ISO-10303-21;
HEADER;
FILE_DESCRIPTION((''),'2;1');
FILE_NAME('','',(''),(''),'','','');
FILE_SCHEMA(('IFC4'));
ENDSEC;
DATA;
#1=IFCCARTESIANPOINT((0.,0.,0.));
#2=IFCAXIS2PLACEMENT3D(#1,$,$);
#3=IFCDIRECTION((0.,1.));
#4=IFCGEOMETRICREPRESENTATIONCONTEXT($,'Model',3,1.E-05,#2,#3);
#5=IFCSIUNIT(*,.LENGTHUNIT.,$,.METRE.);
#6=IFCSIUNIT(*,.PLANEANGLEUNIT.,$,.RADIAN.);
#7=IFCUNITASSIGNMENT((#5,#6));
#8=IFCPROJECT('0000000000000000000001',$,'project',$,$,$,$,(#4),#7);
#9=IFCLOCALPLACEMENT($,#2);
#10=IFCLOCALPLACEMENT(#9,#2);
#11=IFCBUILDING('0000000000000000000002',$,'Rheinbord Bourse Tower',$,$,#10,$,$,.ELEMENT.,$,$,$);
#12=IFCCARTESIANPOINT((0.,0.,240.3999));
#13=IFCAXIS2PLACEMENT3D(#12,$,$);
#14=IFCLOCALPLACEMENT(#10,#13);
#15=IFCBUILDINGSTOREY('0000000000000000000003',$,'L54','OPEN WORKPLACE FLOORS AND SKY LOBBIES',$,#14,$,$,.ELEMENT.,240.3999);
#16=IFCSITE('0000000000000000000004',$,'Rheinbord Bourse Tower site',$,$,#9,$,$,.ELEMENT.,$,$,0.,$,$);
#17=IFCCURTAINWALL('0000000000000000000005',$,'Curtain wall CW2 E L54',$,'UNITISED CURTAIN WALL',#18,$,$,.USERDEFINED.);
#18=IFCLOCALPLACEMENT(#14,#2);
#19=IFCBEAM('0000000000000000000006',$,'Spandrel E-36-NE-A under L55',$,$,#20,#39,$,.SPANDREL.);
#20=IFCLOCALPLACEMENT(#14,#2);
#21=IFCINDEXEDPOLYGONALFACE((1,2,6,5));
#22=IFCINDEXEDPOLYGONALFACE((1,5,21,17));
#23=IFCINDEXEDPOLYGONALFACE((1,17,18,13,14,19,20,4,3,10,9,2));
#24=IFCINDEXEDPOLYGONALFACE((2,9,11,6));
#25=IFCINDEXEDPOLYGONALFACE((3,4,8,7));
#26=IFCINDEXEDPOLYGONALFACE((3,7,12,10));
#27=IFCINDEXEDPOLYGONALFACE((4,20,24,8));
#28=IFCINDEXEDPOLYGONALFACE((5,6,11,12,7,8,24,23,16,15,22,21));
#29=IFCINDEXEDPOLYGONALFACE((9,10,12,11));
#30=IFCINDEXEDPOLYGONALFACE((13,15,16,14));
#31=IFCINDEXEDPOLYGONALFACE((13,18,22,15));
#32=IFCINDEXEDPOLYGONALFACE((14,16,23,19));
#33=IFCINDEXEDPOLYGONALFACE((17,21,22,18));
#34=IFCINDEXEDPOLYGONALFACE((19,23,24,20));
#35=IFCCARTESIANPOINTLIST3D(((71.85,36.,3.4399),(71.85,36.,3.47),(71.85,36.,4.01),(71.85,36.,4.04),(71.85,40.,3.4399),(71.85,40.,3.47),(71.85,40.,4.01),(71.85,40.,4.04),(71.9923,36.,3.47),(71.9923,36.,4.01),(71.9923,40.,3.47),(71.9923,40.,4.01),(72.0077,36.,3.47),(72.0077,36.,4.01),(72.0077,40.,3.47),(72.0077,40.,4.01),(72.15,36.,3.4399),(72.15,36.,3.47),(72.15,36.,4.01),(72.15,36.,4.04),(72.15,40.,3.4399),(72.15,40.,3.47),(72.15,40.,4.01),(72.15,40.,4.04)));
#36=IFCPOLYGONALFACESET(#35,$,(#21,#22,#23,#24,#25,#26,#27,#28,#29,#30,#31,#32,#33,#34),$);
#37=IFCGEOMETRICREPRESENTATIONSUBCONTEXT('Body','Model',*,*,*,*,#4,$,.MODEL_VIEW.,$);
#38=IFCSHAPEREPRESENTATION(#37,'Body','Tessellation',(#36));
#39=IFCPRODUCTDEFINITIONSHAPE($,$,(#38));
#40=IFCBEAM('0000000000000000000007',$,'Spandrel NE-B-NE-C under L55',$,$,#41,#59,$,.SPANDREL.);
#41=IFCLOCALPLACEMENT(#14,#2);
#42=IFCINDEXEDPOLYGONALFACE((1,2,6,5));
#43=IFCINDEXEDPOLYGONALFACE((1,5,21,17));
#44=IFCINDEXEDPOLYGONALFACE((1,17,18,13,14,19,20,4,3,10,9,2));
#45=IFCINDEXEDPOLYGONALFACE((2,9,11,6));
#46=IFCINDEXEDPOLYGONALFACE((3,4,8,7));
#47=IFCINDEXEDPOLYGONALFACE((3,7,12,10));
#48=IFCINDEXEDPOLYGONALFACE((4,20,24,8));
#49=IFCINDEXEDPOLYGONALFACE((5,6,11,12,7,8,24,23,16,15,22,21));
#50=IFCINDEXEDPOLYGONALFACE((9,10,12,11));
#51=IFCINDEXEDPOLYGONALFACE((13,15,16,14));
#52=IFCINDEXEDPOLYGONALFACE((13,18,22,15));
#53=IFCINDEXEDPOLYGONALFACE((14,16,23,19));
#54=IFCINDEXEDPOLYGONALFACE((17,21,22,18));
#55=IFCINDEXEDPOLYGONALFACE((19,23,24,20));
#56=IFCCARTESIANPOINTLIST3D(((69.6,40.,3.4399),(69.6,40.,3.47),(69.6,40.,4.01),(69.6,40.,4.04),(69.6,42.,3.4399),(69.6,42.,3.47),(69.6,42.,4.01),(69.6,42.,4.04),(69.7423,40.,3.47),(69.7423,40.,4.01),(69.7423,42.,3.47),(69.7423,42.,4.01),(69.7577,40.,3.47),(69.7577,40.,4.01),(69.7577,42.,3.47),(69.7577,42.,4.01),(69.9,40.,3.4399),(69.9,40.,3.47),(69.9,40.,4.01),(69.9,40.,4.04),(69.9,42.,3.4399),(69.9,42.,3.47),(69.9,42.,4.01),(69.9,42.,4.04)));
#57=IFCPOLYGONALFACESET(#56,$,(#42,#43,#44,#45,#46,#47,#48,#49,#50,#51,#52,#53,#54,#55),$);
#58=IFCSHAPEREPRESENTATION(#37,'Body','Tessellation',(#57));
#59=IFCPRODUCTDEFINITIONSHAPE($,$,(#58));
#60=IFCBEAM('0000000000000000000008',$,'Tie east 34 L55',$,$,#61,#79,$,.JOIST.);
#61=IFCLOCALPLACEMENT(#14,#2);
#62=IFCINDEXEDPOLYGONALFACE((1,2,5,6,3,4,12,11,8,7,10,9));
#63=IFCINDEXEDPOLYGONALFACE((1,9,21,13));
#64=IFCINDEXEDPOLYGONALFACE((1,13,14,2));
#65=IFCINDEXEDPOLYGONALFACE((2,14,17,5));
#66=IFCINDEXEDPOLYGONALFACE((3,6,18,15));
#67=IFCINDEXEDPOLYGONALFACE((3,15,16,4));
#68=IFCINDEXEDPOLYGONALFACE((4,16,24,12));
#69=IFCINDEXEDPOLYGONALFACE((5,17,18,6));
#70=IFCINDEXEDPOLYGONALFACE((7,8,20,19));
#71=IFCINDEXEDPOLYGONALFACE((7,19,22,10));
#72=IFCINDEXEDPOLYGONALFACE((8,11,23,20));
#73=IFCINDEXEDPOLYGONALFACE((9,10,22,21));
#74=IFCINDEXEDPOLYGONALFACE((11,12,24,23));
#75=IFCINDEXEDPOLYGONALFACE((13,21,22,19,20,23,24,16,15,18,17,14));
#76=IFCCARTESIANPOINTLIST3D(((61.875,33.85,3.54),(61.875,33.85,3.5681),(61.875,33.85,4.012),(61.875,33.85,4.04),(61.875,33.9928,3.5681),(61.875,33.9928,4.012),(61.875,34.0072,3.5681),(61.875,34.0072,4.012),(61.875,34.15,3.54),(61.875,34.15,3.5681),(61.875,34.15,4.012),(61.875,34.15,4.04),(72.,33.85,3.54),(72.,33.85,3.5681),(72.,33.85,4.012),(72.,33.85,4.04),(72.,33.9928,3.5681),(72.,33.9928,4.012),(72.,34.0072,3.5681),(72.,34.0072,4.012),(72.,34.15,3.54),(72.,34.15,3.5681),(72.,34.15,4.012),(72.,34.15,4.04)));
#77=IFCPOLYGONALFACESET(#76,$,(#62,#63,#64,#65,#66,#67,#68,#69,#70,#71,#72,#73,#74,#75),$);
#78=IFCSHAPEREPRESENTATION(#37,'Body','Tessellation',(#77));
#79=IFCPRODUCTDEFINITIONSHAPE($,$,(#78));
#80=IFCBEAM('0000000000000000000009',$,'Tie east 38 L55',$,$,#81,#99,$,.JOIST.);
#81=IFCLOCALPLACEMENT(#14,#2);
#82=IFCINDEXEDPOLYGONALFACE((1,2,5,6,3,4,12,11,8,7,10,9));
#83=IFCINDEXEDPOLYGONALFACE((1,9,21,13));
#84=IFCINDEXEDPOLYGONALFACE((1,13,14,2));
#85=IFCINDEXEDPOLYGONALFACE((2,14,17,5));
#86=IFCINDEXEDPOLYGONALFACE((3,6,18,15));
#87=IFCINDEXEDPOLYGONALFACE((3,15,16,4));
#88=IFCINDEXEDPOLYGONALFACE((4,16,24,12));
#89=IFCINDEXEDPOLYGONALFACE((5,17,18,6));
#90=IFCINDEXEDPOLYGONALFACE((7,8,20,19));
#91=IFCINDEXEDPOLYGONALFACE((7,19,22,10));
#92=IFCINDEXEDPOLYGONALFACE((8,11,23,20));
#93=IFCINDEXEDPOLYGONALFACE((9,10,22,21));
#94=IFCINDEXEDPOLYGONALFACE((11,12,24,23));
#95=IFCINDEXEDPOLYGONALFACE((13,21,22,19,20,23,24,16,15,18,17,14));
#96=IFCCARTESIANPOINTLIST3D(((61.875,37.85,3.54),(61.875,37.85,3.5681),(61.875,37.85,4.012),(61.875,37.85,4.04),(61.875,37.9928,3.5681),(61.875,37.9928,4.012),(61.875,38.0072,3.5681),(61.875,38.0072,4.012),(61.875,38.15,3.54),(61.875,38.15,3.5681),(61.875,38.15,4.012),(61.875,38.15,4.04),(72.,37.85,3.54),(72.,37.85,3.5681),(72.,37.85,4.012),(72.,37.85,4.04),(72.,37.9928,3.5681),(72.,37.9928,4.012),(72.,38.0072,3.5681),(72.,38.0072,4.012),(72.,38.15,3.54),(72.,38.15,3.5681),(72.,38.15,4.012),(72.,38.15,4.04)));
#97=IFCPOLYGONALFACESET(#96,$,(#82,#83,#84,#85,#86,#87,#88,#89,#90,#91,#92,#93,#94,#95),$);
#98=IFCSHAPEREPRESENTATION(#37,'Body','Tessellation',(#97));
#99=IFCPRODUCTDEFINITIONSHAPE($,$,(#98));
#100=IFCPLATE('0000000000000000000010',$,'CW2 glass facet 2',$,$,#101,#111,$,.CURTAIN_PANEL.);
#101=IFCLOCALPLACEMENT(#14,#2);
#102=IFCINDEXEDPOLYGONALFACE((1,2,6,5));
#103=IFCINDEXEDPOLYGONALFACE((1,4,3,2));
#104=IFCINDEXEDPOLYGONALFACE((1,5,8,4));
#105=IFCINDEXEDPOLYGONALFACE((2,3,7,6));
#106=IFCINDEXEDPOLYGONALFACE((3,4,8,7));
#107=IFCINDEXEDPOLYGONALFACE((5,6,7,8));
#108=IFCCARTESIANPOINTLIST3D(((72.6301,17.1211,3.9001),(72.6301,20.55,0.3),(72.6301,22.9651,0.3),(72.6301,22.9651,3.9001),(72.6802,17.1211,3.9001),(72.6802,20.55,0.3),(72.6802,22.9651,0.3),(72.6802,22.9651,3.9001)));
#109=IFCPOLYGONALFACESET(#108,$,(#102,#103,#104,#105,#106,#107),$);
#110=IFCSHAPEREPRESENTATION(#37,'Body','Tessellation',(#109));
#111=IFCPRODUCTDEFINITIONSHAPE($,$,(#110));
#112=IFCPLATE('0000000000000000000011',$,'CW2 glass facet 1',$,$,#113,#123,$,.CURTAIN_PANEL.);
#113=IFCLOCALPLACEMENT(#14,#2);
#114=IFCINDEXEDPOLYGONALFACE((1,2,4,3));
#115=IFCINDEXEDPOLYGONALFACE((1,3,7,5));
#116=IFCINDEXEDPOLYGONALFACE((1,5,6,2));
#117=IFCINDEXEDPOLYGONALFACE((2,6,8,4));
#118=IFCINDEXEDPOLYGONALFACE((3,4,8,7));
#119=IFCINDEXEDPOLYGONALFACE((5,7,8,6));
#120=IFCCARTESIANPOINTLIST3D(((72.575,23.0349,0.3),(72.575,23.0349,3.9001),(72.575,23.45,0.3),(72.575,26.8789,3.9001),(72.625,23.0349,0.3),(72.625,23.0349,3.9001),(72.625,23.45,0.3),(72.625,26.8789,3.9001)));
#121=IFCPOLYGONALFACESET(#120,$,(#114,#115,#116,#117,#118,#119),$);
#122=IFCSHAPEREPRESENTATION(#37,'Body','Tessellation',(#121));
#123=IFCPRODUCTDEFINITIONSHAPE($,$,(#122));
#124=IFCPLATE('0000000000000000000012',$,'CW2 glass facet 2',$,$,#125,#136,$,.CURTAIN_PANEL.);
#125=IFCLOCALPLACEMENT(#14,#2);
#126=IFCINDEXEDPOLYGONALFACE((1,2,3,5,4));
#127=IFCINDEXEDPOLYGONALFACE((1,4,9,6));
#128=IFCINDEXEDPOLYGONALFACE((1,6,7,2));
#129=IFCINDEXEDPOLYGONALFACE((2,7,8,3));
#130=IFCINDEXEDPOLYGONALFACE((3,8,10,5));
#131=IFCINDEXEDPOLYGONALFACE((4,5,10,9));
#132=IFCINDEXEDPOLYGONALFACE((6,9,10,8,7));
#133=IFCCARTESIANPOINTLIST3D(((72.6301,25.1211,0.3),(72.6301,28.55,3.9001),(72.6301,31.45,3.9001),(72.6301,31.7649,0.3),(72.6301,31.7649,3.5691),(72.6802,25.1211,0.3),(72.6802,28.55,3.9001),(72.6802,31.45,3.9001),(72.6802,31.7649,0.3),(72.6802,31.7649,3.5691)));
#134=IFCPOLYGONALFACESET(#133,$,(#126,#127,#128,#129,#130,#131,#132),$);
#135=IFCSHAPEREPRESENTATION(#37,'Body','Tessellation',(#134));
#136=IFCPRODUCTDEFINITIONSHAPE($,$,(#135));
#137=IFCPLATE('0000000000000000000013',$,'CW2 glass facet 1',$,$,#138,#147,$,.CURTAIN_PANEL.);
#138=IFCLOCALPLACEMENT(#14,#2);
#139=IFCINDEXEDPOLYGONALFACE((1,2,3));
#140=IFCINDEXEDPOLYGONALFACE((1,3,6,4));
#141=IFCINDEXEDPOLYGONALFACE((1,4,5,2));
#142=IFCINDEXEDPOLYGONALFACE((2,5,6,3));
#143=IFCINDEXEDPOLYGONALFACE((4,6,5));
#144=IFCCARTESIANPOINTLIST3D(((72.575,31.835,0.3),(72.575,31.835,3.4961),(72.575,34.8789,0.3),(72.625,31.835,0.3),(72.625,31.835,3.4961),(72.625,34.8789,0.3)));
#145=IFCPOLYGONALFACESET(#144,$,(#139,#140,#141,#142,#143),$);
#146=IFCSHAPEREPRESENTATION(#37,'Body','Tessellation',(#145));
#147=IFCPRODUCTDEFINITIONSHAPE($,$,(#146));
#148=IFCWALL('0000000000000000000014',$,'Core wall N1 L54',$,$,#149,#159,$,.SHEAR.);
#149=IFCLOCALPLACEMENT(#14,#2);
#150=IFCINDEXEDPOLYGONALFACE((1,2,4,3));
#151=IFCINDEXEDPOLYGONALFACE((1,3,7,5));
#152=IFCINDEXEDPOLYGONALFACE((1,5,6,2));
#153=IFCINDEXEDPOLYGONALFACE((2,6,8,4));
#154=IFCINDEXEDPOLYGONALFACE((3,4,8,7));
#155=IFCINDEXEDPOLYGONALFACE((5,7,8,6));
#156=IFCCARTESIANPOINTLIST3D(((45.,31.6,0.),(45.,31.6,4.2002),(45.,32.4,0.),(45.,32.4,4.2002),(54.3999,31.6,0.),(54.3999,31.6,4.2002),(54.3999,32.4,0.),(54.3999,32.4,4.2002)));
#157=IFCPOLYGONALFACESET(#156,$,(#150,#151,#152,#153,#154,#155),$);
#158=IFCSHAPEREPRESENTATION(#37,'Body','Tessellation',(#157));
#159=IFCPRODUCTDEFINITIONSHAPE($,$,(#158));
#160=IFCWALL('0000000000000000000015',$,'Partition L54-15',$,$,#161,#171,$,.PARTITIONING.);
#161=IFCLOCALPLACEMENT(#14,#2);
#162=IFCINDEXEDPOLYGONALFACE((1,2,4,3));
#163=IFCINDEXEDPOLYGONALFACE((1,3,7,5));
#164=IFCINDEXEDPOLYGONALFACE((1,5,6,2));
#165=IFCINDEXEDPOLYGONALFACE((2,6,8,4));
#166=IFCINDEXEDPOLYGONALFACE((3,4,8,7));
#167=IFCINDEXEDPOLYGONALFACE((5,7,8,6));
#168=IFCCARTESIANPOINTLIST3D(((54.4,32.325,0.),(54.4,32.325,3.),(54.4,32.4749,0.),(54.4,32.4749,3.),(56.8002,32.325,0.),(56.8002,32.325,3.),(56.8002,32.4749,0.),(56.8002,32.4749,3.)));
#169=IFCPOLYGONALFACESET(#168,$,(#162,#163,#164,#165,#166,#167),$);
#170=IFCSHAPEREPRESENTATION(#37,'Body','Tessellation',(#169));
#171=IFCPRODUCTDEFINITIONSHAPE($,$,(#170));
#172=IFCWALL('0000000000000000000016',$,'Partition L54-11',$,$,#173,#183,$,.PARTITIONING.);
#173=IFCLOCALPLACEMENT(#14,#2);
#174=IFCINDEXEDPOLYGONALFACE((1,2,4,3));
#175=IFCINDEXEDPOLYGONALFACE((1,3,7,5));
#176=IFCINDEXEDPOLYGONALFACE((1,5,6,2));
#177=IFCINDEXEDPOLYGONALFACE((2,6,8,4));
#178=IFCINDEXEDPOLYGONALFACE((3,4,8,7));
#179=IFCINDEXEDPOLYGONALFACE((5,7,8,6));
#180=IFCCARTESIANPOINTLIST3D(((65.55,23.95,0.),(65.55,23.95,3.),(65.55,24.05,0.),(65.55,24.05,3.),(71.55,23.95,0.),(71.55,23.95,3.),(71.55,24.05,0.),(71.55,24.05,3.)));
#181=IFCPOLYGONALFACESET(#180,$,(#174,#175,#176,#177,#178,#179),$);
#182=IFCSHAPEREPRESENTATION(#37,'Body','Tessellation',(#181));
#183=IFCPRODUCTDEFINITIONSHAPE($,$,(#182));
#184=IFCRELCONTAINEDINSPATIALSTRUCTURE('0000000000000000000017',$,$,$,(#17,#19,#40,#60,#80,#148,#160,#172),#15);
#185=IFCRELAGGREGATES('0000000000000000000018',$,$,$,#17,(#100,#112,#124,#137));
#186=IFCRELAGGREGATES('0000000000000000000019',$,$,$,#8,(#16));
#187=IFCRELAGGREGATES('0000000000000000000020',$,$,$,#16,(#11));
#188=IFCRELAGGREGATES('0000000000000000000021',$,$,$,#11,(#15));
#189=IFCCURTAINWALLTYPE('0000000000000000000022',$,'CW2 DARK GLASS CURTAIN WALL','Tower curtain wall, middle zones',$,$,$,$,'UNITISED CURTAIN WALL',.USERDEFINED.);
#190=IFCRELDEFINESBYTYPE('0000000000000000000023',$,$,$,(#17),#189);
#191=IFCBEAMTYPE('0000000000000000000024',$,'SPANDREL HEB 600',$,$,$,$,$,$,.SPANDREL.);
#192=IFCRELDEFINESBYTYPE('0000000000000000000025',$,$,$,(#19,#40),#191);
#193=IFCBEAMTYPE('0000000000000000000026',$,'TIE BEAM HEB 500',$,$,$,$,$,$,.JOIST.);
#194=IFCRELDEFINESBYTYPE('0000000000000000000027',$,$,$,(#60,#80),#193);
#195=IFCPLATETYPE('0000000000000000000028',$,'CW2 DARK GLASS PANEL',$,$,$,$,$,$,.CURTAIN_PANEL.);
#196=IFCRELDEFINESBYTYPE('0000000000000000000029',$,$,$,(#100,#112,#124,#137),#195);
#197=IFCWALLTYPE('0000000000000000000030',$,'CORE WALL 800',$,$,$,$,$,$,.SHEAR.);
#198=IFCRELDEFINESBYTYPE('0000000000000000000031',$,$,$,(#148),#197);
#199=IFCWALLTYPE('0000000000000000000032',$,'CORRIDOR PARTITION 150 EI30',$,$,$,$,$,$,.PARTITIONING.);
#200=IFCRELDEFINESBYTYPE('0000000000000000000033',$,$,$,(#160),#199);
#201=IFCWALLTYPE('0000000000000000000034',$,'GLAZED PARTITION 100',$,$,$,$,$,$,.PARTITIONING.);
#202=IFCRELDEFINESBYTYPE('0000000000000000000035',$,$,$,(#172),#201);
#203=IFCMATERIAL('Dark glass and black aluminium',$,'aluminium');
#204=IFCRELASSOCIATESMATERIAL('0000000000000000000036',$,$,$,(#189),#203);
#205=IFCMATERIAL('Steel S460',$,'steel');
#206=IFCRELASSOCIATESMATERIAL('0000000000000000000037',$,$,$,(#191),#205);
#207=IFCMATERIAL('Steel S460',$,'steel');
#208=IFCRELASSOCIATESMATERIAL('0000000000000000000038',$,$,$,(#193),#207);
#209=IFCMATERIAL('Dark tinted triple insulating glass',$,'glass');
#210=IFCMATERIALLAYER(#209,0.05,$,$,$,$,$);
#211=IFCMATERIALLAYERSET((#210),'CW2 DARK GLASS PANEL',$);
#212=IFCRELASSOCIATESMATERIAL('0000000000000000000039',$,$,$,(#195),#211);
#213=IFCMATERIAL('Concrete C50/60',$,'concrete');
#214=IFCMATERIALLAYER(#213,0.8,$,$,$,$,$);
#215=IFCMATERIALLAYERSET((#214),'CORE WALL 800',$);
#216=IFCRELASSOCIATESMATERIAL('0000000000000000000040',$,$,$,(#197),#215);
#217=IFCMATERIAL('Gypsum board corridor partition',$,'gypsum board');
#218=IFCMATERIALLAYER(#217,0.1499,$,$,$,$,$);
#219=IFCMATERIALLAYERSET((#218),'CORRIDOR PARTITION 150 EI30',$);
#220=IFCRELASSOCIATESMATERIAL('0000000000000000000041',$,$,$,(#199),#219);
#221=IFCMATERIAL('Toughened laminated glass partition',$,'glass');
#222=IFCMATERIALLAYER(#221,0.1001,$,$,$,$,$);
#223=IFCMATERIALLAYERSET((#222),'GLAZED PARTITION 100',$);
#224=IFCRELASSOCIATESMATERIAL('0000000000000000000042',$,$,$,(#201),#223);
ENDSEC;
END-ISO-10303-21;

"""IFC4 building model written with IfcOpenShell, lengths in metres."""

from ifc_helpers import new_model, si_unit, direction, frame, frame_2d, origin, origin_2d, place, context, subcontext, project, spatial, polyline, rectangle, i_section, outline, extrude, material, layer, layer_set, material_profile, profile_set, type_object, element, aggregate, save


model = new_model("IFC4")

# Units and contexts
model_context = context("Model", 3, precision=1e-05, world=origin(), true_north=direction((0.0, 1.0)))
body_context = subcontext(model_context, "Body", "Model", "MODEL_VIEW")
ifc_project = project(units=[si_unit("LENGTHUNIT", "METRE"), si_unit("PLANEANGLEUNIT", "RADIAN")], contexts=[model_context])

# Site, building, storey
site_placement = place(None, origin())
site = spatial("IfcSite", under=ifc_project, at=site_placement, Name="Rheinbord Bourse Tower site", CompositionType="ELEMENT", RefElevation=0.0)
building_placement = place(site_placement, origin())
building = spatial("IfcBuilding", under=site, at=building_placement, Name="Rheinbord Bourse Tower", CompositionType="ELEMENT")
storey_placement = place(building_placement, frame((0.0, 0.0, 240.3999)))
storey = spatial("IfcBuildingStorey", under=building, at=storey_placement, Name="L54", Description="OPEN WORKPLACE FLOORS AND SKY LOBBIES", CompositionType="ELEMENT", Elevation=240.3999)

# Curtain wall
ifc_material_1 = material(Name="Dark glass and black aluminium", Category="aluminium")
curtain_wall_type = type_object("IfcCurtainWallType", Name="CW2 DARK GLASS CURTAIN WALL", Description="Tower curtain wall, middle zones", ElementType="UNITISED CURTAIN WALL", PredefinedType="USERDEFINED", material=ifc_material_1)
curtain_wall_placement = place(storey_placement, origin())
curtain_wall = element("IfcCurtainWall", 1, at=curtain_wall_placement, inside=storey, type_object=curtain_wall_type, Name="Curtain wall CW2 E L54", ObjectType="UNITISED CURTAIN WALL", PredefinedType="USERDEFINED")

# Beams
ifc_material_2 = material(Name="Steel S460", Category="steel")
ifc_material_profile_1 = material_profile(ifc_material_2, i_section(OverallWidth=0.3, OverallDepth=0.6001, WebThickness=0.0154, FlangeThickness=0.03, at=origin_2d()), Name="HEB 600")
ifc_profile_set_1 = profile_set([ifc_material_profile_1], Name="Steel S460")
beam_type_1 = type_object("IfcBeamType", Name="SPANDREL HEB 600", PredefinedType="SPANDREL", material=ifc_profile_set_1)
for number, where, z_axis, x_axis, name in (
    (2, (72.0, 36.0, 3.74), (0.0, 1.0, 0.0), (-1.0, 0.0, 0.0), "Spandrel E-36-NE-A under L55"),
):
    element("IfcBeam", number, at=place(storey_placement, frame(where, z_axis=z_axis, x_axis=x_axis)), inside=storey, type_object=beam_type_1, Name=name, PredefinedType="SPANDREL", context=body_context, shape_type="SweptSolid", body=[
        extrude(i_section(OverallWidth=0.3, OverallDepth=0.6001, WebThickness=0.0154, FlangeThickness=0.03, at=origin_2d()), origin(), (0.0, 0.0, 1.0), 4.0),
    ])
beam_placement = place(storey_placement, frame((69.75, 40.0, 3.74), z_axis=(0.0, 1.0, 0.0), x_axis=(-1.0, 0.0, 0.0)))
element("IfcBeam", 3, at=beam_placement, inside=storey, type_object=beam_type_1, Name="Spandrel NE-B-NE-C under L55", PredefinedType="SPANDREL", context=body_context, shape_type="SweptSolid", body=[
    extrude(i_section(OverallWidth=0.3, OverallDepth=0.6001, WebThickness=0.0154, FlangeThickness=0.03, at=origin_2d()), origin(), (0.0, 0.0, 1.0), 2.0),
])
ifc_material_3 = material(Name="Steel S460", Category="steel")
ifc_material_profile_2 = material_profile(ifc_material_3, i_section(OverallWidth=0.3, OverallDepth=0.5, WebThickness=0.0144, FlangeThickness=0.0281, at=origin_2d()), Name="HEB 500")
ifc_profile_set_2 = profile_set([ifc_material_profile_2], Name="Steel S460")
beam_type_2 = type_object("IfcBeamType", Name="TIE BEAM HEB 500", PredefinedType="JOIST", material=ifc_profile_set_2)
for number, where, z_axis, x_axis, name in (
    (4, (61.875, 34.0, 3.79), (1.0, 0.0, 0.0), (0.0, 1.0, 0.0), "Tie east 34 L55"),
    (5, (61.875, 38.0, 3.79), (1.0, 0.0, 0.0), (0.0, 1.0, 0.0), "Tie east 38 L55"),
):
    element("IfcBeam", number, at=place(storey_placement, frame(where, z_axis=z_axis, x_axis=x_axis)), inside=storey, type_object=beam_type_2, Name=name, PredefinedType="JOIST", context=body_context, shape_type="SweptSolid", body=[
        extrude(i_section(OverallWidth=0.3, OverallDepth=0.5, WebThickness=0.0144, FlangeThickness=0.0281, at=origin_2d()), origin(), (0.0, 0.0, 1.0), 10.125),
    ])

# Plates
ifc_material_4 = material(Name="Dark tinted triple insulating glass", Category="glass")
ifc_layer_1 = layer(ifc_material_4, 0.05)
ifc_layer_set_1 = layer_set([ifc_layer_1], Name="CW2 DARK GLASS PANEL")
plate_type = type_object("IfcPlateType", Name="CW2 DARK GLASS PANEL", PredefinedType="CURTAIN_PANEL", material=ifc_layer_set_1)
plate_1_placement = place(storey_placement, frame((72.6802, 22.9651, 3.9001), z_axis=(-1.0, 0.0, 0.0), x_axis=(0.0, 0.0, -1.0)))
plate_1 = element("IfcPlate", 6, at=plate_1_placement, type_object=plate_type, Name="CW2 glass facet 2", PredefinedType="CURTAIN_PANEL", context=body_context, shape_type="SweptSolid", body=[
    extrude(outline(polyline([(0.0, 0.0), (3.6001, 0.0), (3.6001, 2.415), (0.0, 5.844), (0.0, 0.0)])), origin(), (0.0, 0.0, 1.0), 0.05),
])
plate_2_placement = place(storey_placement, frame((72.625, 23.0349, 0.3), z_axis=(-1.0, 0.0, 0.0), x_axis=(0.0, 0.0, 1.0)))
plate_2 = element("IfcPlate", 7, at=plate_2_placement, type_object=plate_type, Name="CW2 glass facet 1", PredefinedType="CURTAIN_PANEL", context=body_context, shape_type="SweptSolid", body=[
    extrude(outline(polyline([(0.0, 0.0), (3.6001, 0.0), (3.6001, 3.844), (0.0, 0.415), (0.0, 0.0)])), origin(), (0.0, 0.0, 1.0), 0.05),
])
plate_3_placement = place(storey_placement, frame((72.6802, 31.7649, 0.3), z_axis=(-1.0, 0.0, 0.0), x_axis=(0.0, -1.0, 0.0)))
plate_3 = element("IfcPlate", 8, at=plate_3_placement, type_object=plate_type, Name="CW2 glass facet 2", PredefinedType="CURTAIN_PANEL", context=body_context, shape_type="SweptSolid", body=[
    extrude(outline(polyline([(0.0, 0.0), (6.6438, 0.0), (3.2148, 3.6001), (0.3149, 3.6001), (0.0, 3.269), (0.0, 0.0)])), origin(), (0.0, 0.0, 1.0), 0.05),
])
plate_4_placement = place(storey_placement, frame((72.625, 31.835, 0.3), z_axis=(-1.0, 0.0, 0.0), x_axis=(0.0, 0.0, 1.0)))
plate_4 = element("IfcPlate", 9, at=plate_4_placement, type_object=plate_type, Name="CW2 glass facet 1", PredefinedType="CURTAIN_PANEL", context=body_context, shape_type="SweptSolid", body=[
    extrude(outline(polyline([(0.0, 0.0), (3.196, 0.0), (0.0, 3.0439), (0.0, 0.0)])), origin(), (0.0, 0.0, 1.0), 0.05),
])
aggregate(curtain_wall, [plate_1, plate_2, plate_3, plate_4])

# Walls
ifc_material_5 = material(Name="Concrete C50/60", Category="concrete")
ifc_layer_2 = layer(ifc_material_5, 0.8)
ifc_layer_set_2 = layer_set([ifc_layer_2], Name="CORE WALL 800")
wall_type_1 = type_object("IfcWallType", Name="CORE WALL 800", PredefinedType="SHEAR", material=ifc_layer_set_2)
wall_1_placement = place(storey_placement, frame((54.3999, 32.0, 0.0), z_axis=(0.0, 0.0, 1.0), x_axis=(-1.0, 0.0, 0.0)))
element("IfcWall", 10, at=wall_1_placement, inside=storey, type_object=wall_type_1, Name="Core wall N1 L54", PredefinedType="SHEAR", context=body_context, shape_type="SweptSolid", body=[
    extrude(rectangle(XDim=9.3999, YDim=0.8, at=frame_2d((4.7, 0.0))), origin(), (0.0, 0.0, 1.0), 4.2002),
])
ifc_material_6 = material(Name="Gypsum board corridor partition", Category="gypsum board")
ifc_layer_3 = layer(ifc_material_6, 0.1499)
ifc_layer_set_3 = layer_set([ifc_layer_3], Name="CORRIDOR PARTITION 150 EI30")
wall_type_2 = type_object("IfcWallType", Name="CORRIDOR PARTITION 150 EI30", PredefinedType="PARTITIONING", material=ifc_layer_set_3)
wall_2_placement = place(storey_placement, frame((54.3999, 32.3999, 0.0), z_axis=(0.0, 0.0, 1.0), x_axis=(1.0, 0.0, 0.0)))
element("IfcWall", 11, at=wall_2_placement, inside=storey, type_object=wall_type_2, Name="Partition L54-15", PredefinedType="PARTITIONING", context=body_context, shape_type="SweptSolid", body=[
    extrude(rectangle(XDim=2.4001, YDim=0.1499, at=frame_2d((1.2002, 0.0))), origin(), (0.0, 0.0, 1.0), 3.0),
])
ifc_material_7 = material(Name="Toughened laminated glass partition", Category="glass")
ifc_layer_4 = layer(ifc_material_7, 0.1001)
ifc_layer_set_4 = layer_set([ifc_layer_4], Name="GLAZED PARTITION 100")
wall_type_3 = type_object("IfcWallType", Name="GLAZED PARTITION 100", PredefinedType="PARTITIONING", material=ifc_layer_set_4)
for number, where, z_axis, x_axis, name in (
    (12, (65.55, 24.0, 0.0), (0.0, 0.0, 1.0), (1.0, 0.0, 0.0), "Partition L54-11"),
):
    element("IfcWall", number, at=place(storey_placement, frame(where, z_axis=z_axis, x_axis=x_axis)), inside=storey, type_object=wall_type_3, Name=name, PredefinedType="PARTITIONING", context=body_context, shape_type="SweptSolid", body=[
        extrude(rectangle(XDim=6.0, YDim=0.1001, at=frame_2d((3.0, 0.0))), origin(), (0.0, 0.0, 1.0), 3.0),
    ])

save(model, "model.ifc")
